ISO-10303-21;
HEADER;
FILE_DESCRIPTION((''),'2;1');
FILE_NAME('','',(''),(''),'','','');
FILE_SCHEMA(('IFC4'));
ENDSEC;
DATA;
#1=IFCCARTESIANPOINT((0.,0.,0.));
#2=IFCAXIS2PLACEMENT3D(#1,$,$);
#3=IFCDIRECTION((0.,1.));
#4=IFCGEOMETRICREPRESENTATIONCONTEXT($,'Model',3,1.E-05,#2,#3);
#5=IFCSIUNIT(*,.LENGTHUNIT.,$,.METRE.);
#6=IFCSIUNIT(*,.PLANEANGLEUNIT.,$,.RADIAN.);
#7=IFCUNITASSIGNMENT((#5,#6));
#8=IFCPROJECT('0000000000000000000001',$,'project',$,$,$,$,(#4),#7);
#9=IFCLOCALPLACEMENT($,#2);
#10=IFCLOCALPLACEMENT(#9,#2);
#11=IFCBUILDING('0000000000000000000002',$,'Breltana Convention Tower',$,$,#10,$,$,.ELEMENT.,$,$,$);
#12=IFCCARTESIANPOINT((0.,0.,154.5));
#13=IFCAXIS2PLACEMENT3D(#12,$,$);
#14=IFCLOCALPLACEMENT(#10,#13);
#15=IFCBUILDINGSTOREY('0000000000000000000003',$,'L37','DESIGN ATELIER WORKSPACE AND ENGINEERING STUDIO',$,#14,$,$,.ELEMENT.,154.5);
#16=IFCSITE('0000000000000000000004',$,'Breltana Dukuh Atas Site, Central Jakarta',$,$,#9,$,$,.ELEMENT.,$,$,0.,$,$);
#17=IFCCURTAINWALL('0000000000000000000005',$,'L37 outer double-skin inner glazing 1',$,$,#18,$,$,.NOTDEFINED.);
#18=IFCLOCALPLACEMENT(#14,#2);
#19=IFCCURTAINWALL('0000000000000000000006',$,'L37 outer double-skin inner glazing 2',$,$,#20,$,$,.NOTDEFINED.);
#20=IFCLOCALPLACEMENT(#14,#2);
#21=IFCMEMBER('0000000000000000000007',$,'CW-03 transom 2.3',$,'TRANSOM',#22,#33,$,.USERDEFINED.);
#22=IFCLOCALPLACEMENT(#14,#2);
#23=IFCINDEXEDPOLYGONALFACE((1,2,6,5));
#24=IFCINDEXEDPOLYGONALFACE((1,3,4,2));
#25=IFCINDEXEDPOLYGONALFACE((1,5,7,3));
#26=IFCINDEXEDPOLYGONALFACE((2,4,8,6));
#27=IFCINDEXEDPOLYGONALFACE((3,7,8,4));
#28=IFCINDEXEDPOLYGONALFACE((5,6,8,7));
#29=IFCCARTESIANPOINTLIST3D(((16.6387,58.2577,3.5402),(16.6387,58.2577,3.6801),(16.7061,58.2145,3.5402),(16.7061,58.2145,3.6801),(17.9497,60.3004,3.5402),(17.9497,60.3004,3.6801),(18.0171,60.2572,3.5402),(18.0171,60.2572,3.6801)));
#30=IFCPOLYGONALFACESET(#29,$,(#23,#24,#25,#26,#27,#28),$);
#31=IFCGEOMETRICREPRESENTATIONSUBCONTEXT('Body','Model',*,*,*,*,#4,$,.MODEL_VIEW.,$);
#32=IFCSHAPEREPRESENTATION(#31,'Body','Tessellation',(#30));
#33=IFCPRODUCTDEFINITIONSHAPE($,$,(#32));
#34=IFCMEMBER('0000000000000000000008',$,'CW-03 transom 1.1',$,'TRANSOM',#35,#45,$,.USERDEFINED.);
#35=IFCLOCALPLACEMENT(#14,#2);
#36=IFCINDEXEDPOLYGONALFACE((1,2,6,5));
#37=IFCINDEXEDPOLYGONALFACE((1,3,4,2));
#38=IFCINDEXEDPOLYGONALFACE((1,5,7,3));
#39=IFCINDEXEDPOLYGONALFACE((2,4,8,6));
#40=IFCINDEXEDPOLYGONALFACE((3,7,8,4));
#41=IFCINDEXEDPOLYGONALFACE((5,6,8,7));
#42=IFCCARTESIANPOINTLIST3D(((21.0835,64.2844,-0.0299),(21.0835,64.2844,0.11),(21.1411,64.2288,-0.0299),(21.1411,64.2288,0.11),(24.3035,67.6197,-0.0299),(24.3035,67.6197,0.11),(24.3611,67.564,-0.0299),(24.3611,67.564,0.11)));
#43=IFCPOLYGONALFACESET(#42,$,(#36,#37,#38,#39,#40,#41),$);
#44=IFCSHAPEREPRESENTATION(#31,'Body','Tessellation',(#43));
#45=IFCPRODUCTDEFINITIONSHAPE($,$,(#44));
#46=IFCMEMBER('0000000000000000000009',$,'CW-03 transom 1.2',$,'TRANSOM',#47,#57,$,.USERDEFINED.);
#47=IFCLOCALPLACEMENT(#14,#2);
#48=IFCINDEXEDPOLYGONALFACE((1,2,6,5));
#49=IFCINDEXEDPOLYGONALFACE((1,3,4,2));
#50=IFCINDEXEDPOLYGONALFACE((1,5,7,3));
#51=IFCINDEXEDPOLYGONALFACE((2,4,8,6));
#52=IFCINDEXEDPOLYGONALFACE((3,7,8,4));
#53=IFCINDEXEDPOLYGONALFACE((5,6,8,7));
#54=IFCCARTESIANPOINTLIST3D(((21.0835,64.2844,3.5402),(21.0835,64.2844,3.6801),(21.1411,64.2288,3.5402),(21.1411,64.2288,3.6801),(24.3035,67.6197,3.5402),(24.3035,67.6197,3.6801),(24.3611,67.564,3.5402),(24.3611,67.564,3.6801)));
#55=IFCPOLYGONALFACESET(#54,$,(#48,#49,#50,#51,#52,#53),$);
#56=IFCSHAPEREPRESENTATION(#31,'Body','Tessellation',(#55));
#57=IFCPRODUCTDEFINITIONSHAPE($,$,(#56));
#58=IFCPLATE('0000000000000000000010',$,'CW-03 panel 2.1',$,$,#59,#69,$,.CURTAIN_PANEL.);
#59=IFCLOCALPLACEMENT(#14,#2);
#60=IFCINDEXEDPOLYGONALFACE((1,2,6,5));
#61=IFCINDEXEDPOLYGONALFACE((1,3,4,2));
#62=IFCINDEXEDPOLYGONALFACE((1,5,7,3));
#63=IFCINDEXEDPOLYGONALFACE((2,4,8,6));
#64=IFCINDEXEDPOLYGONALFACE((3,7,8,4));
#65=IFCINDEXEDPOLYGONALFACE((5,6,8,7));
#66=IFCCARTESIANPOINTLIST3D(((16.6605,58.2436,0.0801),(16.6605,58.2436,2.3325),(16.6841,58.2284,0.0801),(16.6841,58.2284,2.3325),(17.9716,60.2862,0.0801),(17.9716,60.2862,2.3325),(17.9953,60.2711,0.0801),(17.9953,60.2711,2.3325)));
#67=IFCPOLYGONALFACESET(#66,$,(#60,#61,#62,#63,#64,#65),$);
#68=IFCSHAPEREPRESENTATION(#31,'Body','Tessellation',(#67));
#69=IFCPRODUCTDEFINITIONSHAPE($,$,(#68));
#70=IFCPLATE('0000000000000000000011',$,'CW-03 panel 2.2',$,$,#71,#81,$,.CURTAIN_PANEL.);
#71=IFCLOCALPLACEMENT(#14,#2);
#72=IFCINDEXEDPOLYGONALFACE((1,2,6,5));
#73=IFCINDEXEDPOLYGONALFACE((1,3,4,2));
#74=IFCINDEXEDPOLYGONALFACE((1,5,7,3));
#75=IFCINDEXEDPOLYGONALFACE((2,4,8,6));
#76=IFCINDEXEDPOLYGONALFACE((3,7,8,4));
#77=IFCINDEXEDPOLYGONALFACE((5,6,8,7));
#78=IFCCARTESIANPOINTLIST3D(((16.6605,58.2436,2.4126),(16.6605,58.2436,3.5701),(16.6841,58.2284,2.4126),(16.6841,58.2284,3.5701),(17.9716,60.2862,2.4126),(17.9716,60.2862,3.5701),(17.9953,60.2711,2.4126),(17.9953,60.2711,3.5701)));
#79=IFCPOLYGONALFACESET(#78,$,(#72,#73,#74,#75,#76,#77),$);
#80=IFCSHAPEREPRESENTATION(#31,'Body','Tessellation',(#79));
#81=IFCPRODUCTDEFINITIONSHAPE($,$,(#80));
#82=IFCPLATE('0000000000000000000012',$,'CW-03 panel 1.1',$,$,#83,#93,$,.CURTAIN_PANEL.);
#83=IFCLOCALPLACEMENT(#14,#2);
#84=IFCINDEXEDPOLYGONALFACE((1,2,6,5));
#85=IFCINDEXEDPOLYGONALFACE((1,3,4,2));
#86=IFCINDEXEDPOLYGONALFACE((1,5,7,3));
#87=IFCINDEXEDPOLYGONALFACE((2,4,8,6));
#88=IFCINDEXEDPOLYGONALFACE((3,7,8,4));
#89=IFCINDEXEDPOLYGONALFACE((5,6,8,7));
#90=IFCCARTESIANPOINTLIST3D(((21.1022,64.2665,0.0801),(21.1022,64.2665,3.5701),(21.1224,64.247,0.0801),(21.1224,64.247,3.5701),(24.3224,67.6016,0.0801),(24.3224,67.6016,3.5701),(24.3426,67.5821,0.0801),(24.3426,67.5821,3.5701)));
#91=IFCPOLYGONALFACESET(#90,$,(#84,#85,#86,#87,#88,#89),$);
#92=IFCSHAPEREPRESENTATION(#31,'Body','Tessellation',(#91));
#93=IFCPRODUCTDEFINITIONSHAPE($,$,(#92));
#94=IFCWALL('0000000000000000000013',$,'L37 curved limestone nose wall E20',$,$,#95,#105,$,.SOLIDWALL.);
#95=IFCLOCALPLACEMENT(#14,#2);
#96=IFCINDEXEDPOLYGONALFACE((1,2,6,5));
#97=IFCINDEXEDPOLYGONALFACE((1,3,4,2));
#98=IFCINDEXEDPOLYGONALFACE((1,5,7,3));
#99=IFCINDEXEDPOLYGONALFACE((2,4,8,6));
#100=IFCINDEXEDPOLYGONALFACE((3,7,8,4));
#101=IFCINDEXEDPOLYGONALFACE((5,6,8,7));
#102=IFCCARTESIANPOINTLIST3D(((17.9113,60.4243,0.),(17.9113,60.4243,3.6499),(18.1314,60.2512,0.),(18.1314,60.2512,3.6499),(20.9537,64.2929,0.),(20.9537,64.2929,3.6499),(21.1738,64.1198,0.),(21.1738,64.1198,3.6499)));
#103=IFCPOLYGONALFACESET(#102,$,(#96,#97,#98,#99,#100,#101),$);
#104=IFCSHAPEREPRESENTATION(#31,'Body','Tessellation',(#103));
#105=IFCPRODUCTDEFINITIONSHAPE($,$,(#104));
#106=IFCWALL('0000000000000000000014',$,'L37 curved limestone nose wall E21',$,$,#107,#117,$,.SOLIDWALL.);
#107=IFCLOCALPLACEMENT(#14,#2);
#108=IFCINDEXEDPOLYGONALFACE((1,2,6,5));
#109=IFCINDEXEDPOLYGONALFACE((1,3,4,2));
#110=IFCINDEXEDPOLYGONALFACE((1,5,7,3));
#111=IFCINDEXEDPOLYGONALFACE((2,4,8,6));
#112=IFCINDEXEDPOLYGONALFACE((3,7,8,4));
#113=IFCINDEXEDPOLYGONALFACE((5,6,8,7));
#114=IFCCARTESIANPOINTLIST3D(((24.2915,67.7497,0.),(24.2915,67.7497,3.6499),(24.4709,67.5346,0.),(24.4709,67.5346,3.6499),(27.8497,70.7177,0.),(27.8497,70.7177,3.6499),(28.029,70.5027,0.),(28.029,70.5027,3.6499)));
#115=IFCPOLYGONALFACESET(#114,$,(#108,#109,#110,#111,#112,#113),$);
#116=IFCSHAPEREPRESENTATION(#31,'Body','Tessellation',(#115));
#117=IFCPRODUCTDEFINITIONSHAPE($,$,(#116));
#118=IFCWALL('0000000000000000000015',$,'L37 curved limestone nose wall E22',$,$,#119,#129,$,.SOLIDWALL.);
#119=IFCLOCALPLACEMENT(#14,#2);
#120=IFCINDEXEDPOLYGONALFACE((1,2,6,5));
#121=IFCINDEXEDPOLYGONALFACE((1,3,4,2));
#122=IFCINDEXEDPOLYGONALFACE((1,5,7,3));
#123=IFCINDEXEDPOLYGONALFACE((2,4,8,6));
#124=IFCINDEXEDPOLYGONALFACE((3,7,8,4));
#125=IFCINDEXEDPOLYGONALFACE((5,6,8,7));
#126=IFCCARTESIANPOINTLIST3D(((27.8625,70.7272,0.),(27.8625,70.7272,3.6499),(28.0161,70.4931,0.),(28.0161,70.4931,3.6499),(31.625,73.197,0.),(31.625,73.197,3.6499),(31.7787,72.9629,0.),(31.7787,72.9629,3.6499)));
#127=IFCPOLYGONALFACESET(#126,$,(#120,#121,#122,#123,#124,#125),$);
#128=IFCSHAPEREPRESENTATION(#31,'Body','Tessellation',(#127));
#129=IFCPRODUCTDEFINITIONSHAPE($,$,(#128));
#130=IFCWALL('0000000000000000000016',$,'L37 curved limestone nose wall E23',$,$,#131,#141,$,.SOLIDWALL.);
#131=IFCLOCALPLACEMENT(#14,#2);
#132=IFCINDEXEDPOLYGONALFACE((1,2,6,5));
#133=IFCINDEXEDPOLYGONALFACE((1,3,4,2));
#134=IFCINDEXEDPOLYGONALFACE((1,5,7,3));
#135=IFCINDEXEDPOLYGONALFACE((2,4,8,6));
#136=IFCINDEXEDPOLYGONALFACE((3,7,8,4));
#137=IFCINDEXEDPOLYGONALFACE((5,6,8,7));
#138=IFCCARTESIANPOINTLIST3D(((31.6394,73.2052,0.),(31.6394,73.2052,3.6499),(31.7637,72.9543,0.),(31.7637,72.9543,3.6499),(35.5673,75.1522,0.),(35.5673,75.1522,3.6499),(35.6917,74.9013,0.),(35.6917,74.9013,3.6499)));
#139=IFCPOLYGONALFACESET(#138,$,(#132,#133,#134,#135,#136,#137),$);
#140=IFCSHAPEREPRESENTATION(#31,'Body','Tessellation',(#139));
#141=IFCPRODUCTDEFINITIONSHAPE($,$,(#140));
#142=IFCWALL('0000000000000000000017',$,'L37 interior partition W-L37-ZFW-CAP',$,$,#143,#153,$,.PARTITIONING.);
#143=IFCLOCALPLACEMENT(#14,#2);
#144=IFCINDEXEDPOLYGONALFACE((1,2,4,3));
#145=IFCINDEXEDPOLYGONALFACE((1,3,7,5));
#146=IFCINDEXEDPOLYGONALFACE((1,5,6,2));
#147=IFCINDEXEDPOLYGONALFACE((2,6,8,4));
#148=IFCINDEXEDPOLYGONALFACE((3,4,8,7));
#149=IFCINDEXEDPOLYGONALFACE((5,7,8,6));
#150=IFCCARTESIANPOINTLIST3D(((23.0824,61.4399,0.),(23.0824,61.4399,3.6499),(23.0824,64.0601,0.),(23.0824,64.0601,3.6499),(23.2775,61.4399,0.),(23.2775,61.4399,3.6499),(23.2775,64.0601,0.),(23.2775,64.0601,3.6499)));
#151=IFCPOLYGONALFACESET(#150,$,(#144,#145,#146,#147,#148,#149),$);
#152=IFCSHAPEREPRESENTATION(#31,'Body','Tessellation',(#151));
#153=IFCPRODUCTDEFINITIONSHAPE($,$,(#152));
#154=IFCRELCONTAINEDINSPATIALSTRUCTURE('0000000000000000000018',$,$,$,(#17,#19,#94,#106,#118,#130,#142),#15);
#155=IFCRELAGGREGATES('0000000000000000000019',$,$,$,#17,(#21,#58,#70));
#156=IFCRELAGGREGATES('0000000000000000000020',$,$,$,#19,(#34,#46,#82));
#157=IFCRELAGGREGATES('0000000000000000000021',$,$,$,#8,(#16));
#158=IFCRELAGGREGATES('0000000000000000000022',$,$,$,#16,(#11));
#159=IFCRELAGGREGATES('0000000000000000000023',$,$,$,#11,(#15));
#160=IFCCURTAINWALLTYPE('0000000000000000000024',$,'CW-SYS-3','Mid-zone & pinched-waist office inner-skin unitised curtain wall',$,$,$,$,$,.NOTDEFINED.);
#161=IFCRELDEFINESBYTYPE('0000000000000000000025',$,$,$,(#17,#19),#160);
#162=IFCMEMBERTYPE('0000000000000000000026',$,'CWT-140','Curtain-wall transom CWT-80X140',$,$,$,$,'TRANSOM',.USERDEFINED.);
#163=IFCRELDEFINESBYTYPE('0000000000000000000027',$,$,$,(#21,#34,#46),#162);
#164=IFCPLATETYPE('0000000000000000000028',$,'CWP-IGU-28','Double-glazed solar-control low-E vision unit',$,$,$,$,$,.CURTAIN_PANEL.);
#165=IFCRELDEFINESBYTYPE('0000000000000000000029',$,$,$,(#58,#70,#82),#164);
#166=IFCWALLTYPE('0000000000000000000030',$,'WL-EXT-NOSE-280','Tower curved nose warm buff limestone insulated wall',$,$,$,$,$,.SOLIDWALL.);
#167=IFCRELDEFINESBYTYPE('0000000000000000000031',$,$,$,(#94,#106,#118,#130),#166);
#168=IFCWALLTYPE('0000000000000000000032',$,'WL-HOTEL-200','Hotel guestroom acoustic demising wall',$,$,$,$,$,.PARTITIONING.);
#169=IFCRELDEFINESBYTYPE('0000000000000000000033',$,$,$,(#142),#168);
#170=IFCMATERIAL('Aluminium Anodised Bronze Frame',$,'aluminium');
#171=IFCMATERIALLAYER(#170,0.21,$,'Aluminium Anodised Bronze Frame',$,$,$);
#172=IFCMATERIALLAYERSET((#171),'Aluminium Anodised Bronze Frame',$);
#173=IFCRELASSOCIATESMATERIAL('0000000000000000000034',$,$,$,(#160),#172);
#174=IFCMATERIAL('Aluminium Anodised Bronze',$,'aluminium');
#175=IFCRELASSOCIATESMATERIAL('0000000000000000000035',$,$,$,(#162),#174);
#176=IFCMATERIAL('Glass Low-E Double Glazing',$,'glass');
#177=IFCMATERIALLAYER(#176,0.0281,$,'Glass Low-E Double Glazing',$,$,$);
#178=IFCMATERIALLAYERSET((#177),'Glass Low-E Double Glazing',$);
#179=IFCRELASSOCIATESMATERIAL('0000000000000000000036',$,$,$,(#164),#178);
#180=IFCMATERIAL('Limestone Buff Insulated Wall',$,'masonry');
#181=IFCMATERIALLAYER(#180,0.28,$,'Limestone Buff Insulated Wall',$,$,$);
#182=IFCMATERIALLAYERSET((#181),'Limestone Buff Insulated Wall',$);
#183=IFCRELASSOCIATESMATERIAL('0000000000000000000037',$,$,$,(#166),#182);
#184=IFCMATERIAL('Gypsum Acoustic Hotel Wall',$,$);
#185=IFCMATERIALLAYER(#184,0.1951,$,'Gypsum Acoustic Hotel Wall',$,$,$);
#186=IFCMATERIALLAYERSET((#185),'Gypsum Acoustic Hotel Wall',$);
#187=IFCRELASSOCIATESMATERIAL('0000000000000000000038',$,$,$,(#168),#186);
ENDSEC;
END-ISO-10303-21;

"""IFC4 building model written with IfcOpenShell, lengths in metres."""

from ifc_helpers import new_model, si_unit, direction, frame, frame_2d, origin, origin_2d, place, context, subcontext, project, spatial, rectangle, extrude, source, transform, mapped, material, layer, layer_set, material_profile, profile_set, type_object, element, aggregate, save


model = new_model("IFC4")

# Units and contexts
model_context = context("Model", 3, precision=1e-05, world=origin(), true_north=direction((0.0, 1.0)))
body_context = subcontext(model_context, "Body", "Model", "MODEL_VIEW")
ifc_project = project(units=[si_unit("LENGTHUNIT", "METRE"), si_unit("PLANEANGLEUNIT", "RADIAN")], contexts=[model_context])

# Site, building, storey
site_placement = place(None, origin())
site = spatial("IfcSite", under=ifc_project, at=site_placement, Name="Breltana Dukuh Atas Site, Central Jakarta", CompositionType="ELEMENT", RefElevation=0.0)
building_placement = place(site_placement, origin())
building = spatial("IfcBuilding", under=site, at=building_placement, Name="Breltana Convention Tower", CompositionType="ELEMENT")
storey_placement = place(building_placement, frame((0.0, 0.0, 154.5)))
storey = spatial("IfcBuildingStorey", under=building, at=storey_placement, Name="L37", Description="DESIGN ATELIER WORKSPACE AND ENGINEERING STUDIO", CompositionType="ELEMENT", Elevation=154.5)

# Curtain wall
ifc_material_1 = material(Name="Aluminium Anodised Bronze Frame", Category="aluminium")
ifc_layer_1 = layer(ifc_material_1, 0.21, Name="Aluminium Anodised Bronze Frame")
ifc_layer_set_1 = layer_set([ifc_layer_1], Name="Aluminium Anodised Bronze Frame")
curtain_wall_type = type_object("IfcCurtainWallType", Name="CW-SYS-3", Description="Mid-zone & pinched-waist office inner-skin unitised curtain wall", PredefinedType="NOTDEFINED", material=ifc_layer_set_1)
curtain_wall_1_placement = place(storey_placement, origin())
curtain_wall_1 = element("IfcCurtainWall", 1, at=curtain_wall_1_placement, inside=storey, type_object=curtain_wall_type, Name="L37 outer double-skin inner glazing 1", PredefinedType="NOTDEFINED")
ifc_material_2 = material(Name="Aluminium Anodised Bronze", Category="aluminium")

# Curtain wall
curtain_wall_2_placement = place(storey_placement, origin())
curtain_wall_2 = element("IfcCurtainWall", 2, at=curtain_wall_2_placement, inside=storey, type_object=curtain_wall_type, Name="L37 outer double-skin inner glazing 2", PredefinedType="NOTDEFINED")

# Members
ifc_material_profile_1 = material_profile(ifc_material_2, rectangle(XDim=0.0801, YDim=0.1399, at=origin_2d()), Name="CWT-80X140")
ifc_profile_set_1 = profile_set([ifc_material_profile_1], Name="Aluminium Anodised Bronze")
member_type_1 = type_object("IfcMemberType", Name="CWT-140", Description="Curtain-wall transom CWT-80X140", ElementType="TRANSOM", PredefinedType="USERDEFINED", material=ifc_profile_set_1)
shared_shape_1 = source(origin(), body_context, "Body", "SweptSolid", [
    extrude(rectangle(XDim=0.0801, YDim=0.1399, at=origin_2d()), origin(), (0.0, 0.0, 1.0), 2.4272),
])
member_1_placement = place(storey_placement, frame((16.6724, 58.2361, 3.6101), z_axis=(0.540132, 0.84158, 0.0), x_axis=(-0.84158, 0.540132, 0.0)))
member_1 = element("IfcMember", 3, at=member_1_placement, type_object=member_type_1, Name="CW-03 transom 2.3", ObjectType="TRANSOM", PredefinedType="USERDEFINED", context=body_context, shape_type="MappedRepresentation", body=[
    mapped(shared_shape_1, transform((0.0, 0.0, 0.0), scale=1.0)),
])
shared_shape_2 = source(origin(), body_context, "Body", "SweptSolid", [
    extrude(rectangle(XDim=0.0801, YDim=0.1399, at=origin_2d()), origin(), (0.0, 0.0, 1.0), 4.636),
])
member_2_placement = place(storey_placement, frame((21.1123, 64.2566, 0.04), z_axis=(0.694569, 0.719426, 0.0), x_axis=(-0.719426, 0.694569, 0.0)))
member_2 = element("IfcMember", 4, at=member_2_placement, type_object=member_type_1, Name="CW-03 transom 1.1", ObjectType="TRANSOM", PredefinedType="USERDEFINED", context=body_context, shape_type="MappedRepresentation", body=[
    mapped(shared_shape_2, transform((0.0, 0.0, 0.0), scale=1.0)),
])
member_3_placement = place(storey_placement, frame((21.1123, 64.2566, 3.6101), z_axis=(0.694569, 0.719426, 0.0), x_axis=(-0.719426, 0.694569, 0.0)))
member_3 = element("IfcMember", 5, at=member_3_placement, type_object=member_type_1, Name="CW-03 transom 1.2", ObjectType="TRANSOM", PredefinedType="USERDEFINED", context=body_context, shape_type="MappedRepresentation", body=[
    mapped(shared_shape_2, transform((0.0, 0.0, 0.0), scale=1.0)),
])

# Plates
ifc_material_3 = material(Name="Glass Low-E Double Glazing", Category="glass")
ifc_layer_2 = layer(ifc_material_3, 0.0281, Name="Glass Low-E Double Glazing")
ifc_layer_set_2 = layer_set([ifc_layer_2], Name="Glass Low-E Double Glazing")
plate_type = type_object("IfcPlateType", Name="CWP-IGU-28", Description="Double-glazed solar-control low-E vision unit", PredefinedType="CURTAIN_PANEL", material=ifc_layer_set_2)
shared_shape_3 = source(origin(), body_context, "Body", "SweptSolid", [
    extrude(rectangle(XDim=2.4272, YDim=0.0281, at=origin_2d()), origin(), (0.0, 0.0, 1.0), 2.2524),
])
plate_1_placement = place(storey_placement, frame((17.3279, 59.2573, 0.0801), z_axis=(0.0, 0.0, 1.0), x_axis=(0.540173, 0.841554, 0.0)))
plate_1 = element("IfcPlate", 6, at=plate_1_placement, type_object=plate_type, Name="CW-03 panel 2.1", PredefinedType="CURTAIN_PANEL", context=body_context, shape_type="MappedRepresentation", body=[
    mapped(shared_shape_3, transform((0.0, 0.0, 0.0), scale=1.0)),
])
shared_shape_4 = source(origin(), body_context, "Body", "SweptSolid", [
    extrude(rectangle(XDim=2.4272, YDim=0.0281, at=origin_2d()), origin(), (0.0, 0.0, 1.0), 1.1575),
])
plate_2_placement = place(storey_placement, frame((17.3279, 59.2573, 2.4126), z_axis=(0.0, 0.0, 1.0), x_axis=(0.540173, 0.841554, 0.0)))
plate_2 = element("IfcPlate", 7, at=plate_2_placement, type_object=plate_type, Name="CW-03 panel 2.2", PredefinedType="CURTAIN_PANEL", context=body_context, shape_type="MappedRepresentation", body=[
    mapped(shared_shape_4, transform((0.0, 0.0, 0.0), scale=1.0)),
])
aggregate(curtain_wall_1, [member_1, plate_1, plate_2])
shared_shape_5 = source(origin(), body_context, "Body", "SweptSolid", [
    extrude(rectangle(XDim=4.636, YDim=0.0281, at=origin_2d()), origin(), (0.0, 0.0, 1.0), 3.49),
])
plate_3_placement = place(storey_placement, frame((22.7224, 65.9243, 0.0801), z_axis=(0.0, 0.0, 1.0), x_axis=(0.694603, 0.719394, 0.0)))
plate_3 = element("IfcPlate", 8, at=plate_3_placement, type_object=plate_type, Name="CW-03 panel 1.1", PredefinedType="CURTAIN_PANEL", context=body_context, shape_type="MappedRepresentation", body=[
    mapped(shared_shape_5, transform((0.0, 0.0, 0.0), scale=1.0)),
])
aggregate(curtain_wall_2, [member_2, member_3, plate_3])

# Walls
ifc_material_4 = material(Name="Limestone Buff Insulated Wall", Category="masonry")
ifc_layer_3 = layer(ifc_material_4, 0.28, Name="Limestone Buff Insulated Wall")
ifc_layer_set_3 = layer_set([ifc_layer_3], Name="Limestone Buff Insulated Wall")
wall_type_1 = type_object("IfcWallType", Name="WL-EXT-NOSE-280", Description="Tower curved nose warm buff limestone insulated wall", PredefinedType="SOLIDWALL", material=ifc_layer_set_3)
shared_shape_6 = source(origin(), body_context, "Body", "SweptSolid", [
    extrude(rectangle(XDim=4.9216, YDim=0.28, at=frame_2d((2.4609, 0.0))), origin(), (0.0, 0.0, 1.0), 3.6499),
])
wall_1_placement = place(storey_placement, frame((18.0212, 60.3376, 0.0), z_axis=(0.0, 0.0, 1.0), x_axis=(0.618176, 0.786039, 0.0)))
element("IfcWall", 9, at=wall_1_placement, inside=storey, type_object=wall_type_1, Name="L37 curved limestone nose wall E20", PredefinedType="SOLIDWALL", context=body_context, shape_type="MappedRepresentation", body=[
    mapped(shared_shape_6, transform((0.0, 0.0, 0.0), scale=1.0)),
])
shared_shape_7 = source(origin(), body_context, "Body", "SweptSolid", [
    extrude(rectangle(XDim=4.6335, YDim=0.28, at=frame_2d((2.3169, 0.0))), origin(), (0.0, 0.0, 1.0), 3.6499),
])
wall_2_placement = place(storey_placement, frame((24.3811, 67.6421, 0.0), z_axis=(0.0, 0.0, 1.0), x_axis=(0.76791, 0.640557, 0.0)))
element("IfcWall", 10, at=wall_2_placement, inside=storey, type_object=wall_type_1, Name="L37 curved limestone nose wall E21", PredefinedType="SOLIDWALL", context=body_context, shape_type="MappedRepresentation", body=[
    mapped(shared_shape_7, transform((0.0, 0.0, 0.0), scale=1.0)),
])
shared_shape_8 = source(origin(), body_context, "Body", "SweptSolid", [
    extrude(rectangle(XDim=4.5007, YDim=0.28, at=frame_2d((2.2505, 0.0))), origin(), (0.0, 0.0, 1.0), 3.6499),
])
wall_3_placement = place(storey_placement, frame((27.9392, 70.6101, 0.0), z_axis=(0.0, 0.0, 1.0), x_axis=(0.835985, 0.548752, 0.0)))
element("IfcWall", 11, at=wall_3_placement, inside=storey, type_object=wall_type_1, Name="L37 curved limestone nose wall E22", PredefinedType="SOLIDWALL", context=body_context, shape_type="MappedRepresentation", body=[
    mapped(shared_shape_8, transform((0.0, 0.0, 0.0), scale=1.0)),
])
shared_shape_9 = source(origin(), body_context, "Body", "SweptSolid", [
    extrude(rectangle(XDim=4.384, YDim=0.28, at=frame_2d((2.1919, 0.0))), origin(), (0.0, 0.0, 1.0), 3.6499),
])
wall_4_placement = place(storey_placement, frame((31.7017, 73.0798, 0.0), z_axis=(0.0, 0.0, 1.0), x_axis=(0.89597, 0.444115, 0.0)))
element("IfcWall", 12, at=wall_4_placement, inside=storey, type_object=wall_type_1, Name="L37 curved limestone nose wall E23", PredefinedType="SOLIDWALL", context=body_context, shape_type="MappedRepresentation", body=[
    mapped(shared_shape_9, transform((0.0, 0.0, 0.0), scale=1.0)),
])
ifc_material_5 = material(Name="Gypsum Acoustic Hotel Wall")
ifc_layer_4 = layer(ifc_material_5, 0.1951, Name="Gypsum Acoustic Hotel Wall")
ifc_layer_set_4 = layer_set([ifc_layer_4], Name="Gypsum Acoustic Hotel Wall")
wall_type_2 = type_object("IfcWallType", Name="WL-HOTEL-200", Description="Hotel guestroom acoustic demising wall", PredefinedType="PARTITIONING", material=ifc_layer_set_4)
shared_shape_10 = source(origin(), body_context, "Body", "SweptSolid", [
    extrude(rectangle(XDim=2.6201, YDim=0.1951, at=frame_2d((1.3101, 0.0))), origin(), (0.0, 0.0, 1.0), 3.6499),
])
wall_5_placement = place(storey_placement, frame((23.1799, 61.4399, 0.0), z_axis=(0.0, 0.0, 1.0), x_axis=(0.0, 1.0, 0.0)))
element("IfcWall", 13, at=wall_5_placement, inside=storey, type_object=wall_type_2, Name="L37 interior partition W-L37-ZFW-CAP", PredefinedType="PARTITIONING", context=body_context, shape_type="MappedRepresentation", body=[
    mapped(shared_shape_10, transform((0.0, 0.0, 0.0), scale=1.0)),
])

save(model, "model.ifc")
